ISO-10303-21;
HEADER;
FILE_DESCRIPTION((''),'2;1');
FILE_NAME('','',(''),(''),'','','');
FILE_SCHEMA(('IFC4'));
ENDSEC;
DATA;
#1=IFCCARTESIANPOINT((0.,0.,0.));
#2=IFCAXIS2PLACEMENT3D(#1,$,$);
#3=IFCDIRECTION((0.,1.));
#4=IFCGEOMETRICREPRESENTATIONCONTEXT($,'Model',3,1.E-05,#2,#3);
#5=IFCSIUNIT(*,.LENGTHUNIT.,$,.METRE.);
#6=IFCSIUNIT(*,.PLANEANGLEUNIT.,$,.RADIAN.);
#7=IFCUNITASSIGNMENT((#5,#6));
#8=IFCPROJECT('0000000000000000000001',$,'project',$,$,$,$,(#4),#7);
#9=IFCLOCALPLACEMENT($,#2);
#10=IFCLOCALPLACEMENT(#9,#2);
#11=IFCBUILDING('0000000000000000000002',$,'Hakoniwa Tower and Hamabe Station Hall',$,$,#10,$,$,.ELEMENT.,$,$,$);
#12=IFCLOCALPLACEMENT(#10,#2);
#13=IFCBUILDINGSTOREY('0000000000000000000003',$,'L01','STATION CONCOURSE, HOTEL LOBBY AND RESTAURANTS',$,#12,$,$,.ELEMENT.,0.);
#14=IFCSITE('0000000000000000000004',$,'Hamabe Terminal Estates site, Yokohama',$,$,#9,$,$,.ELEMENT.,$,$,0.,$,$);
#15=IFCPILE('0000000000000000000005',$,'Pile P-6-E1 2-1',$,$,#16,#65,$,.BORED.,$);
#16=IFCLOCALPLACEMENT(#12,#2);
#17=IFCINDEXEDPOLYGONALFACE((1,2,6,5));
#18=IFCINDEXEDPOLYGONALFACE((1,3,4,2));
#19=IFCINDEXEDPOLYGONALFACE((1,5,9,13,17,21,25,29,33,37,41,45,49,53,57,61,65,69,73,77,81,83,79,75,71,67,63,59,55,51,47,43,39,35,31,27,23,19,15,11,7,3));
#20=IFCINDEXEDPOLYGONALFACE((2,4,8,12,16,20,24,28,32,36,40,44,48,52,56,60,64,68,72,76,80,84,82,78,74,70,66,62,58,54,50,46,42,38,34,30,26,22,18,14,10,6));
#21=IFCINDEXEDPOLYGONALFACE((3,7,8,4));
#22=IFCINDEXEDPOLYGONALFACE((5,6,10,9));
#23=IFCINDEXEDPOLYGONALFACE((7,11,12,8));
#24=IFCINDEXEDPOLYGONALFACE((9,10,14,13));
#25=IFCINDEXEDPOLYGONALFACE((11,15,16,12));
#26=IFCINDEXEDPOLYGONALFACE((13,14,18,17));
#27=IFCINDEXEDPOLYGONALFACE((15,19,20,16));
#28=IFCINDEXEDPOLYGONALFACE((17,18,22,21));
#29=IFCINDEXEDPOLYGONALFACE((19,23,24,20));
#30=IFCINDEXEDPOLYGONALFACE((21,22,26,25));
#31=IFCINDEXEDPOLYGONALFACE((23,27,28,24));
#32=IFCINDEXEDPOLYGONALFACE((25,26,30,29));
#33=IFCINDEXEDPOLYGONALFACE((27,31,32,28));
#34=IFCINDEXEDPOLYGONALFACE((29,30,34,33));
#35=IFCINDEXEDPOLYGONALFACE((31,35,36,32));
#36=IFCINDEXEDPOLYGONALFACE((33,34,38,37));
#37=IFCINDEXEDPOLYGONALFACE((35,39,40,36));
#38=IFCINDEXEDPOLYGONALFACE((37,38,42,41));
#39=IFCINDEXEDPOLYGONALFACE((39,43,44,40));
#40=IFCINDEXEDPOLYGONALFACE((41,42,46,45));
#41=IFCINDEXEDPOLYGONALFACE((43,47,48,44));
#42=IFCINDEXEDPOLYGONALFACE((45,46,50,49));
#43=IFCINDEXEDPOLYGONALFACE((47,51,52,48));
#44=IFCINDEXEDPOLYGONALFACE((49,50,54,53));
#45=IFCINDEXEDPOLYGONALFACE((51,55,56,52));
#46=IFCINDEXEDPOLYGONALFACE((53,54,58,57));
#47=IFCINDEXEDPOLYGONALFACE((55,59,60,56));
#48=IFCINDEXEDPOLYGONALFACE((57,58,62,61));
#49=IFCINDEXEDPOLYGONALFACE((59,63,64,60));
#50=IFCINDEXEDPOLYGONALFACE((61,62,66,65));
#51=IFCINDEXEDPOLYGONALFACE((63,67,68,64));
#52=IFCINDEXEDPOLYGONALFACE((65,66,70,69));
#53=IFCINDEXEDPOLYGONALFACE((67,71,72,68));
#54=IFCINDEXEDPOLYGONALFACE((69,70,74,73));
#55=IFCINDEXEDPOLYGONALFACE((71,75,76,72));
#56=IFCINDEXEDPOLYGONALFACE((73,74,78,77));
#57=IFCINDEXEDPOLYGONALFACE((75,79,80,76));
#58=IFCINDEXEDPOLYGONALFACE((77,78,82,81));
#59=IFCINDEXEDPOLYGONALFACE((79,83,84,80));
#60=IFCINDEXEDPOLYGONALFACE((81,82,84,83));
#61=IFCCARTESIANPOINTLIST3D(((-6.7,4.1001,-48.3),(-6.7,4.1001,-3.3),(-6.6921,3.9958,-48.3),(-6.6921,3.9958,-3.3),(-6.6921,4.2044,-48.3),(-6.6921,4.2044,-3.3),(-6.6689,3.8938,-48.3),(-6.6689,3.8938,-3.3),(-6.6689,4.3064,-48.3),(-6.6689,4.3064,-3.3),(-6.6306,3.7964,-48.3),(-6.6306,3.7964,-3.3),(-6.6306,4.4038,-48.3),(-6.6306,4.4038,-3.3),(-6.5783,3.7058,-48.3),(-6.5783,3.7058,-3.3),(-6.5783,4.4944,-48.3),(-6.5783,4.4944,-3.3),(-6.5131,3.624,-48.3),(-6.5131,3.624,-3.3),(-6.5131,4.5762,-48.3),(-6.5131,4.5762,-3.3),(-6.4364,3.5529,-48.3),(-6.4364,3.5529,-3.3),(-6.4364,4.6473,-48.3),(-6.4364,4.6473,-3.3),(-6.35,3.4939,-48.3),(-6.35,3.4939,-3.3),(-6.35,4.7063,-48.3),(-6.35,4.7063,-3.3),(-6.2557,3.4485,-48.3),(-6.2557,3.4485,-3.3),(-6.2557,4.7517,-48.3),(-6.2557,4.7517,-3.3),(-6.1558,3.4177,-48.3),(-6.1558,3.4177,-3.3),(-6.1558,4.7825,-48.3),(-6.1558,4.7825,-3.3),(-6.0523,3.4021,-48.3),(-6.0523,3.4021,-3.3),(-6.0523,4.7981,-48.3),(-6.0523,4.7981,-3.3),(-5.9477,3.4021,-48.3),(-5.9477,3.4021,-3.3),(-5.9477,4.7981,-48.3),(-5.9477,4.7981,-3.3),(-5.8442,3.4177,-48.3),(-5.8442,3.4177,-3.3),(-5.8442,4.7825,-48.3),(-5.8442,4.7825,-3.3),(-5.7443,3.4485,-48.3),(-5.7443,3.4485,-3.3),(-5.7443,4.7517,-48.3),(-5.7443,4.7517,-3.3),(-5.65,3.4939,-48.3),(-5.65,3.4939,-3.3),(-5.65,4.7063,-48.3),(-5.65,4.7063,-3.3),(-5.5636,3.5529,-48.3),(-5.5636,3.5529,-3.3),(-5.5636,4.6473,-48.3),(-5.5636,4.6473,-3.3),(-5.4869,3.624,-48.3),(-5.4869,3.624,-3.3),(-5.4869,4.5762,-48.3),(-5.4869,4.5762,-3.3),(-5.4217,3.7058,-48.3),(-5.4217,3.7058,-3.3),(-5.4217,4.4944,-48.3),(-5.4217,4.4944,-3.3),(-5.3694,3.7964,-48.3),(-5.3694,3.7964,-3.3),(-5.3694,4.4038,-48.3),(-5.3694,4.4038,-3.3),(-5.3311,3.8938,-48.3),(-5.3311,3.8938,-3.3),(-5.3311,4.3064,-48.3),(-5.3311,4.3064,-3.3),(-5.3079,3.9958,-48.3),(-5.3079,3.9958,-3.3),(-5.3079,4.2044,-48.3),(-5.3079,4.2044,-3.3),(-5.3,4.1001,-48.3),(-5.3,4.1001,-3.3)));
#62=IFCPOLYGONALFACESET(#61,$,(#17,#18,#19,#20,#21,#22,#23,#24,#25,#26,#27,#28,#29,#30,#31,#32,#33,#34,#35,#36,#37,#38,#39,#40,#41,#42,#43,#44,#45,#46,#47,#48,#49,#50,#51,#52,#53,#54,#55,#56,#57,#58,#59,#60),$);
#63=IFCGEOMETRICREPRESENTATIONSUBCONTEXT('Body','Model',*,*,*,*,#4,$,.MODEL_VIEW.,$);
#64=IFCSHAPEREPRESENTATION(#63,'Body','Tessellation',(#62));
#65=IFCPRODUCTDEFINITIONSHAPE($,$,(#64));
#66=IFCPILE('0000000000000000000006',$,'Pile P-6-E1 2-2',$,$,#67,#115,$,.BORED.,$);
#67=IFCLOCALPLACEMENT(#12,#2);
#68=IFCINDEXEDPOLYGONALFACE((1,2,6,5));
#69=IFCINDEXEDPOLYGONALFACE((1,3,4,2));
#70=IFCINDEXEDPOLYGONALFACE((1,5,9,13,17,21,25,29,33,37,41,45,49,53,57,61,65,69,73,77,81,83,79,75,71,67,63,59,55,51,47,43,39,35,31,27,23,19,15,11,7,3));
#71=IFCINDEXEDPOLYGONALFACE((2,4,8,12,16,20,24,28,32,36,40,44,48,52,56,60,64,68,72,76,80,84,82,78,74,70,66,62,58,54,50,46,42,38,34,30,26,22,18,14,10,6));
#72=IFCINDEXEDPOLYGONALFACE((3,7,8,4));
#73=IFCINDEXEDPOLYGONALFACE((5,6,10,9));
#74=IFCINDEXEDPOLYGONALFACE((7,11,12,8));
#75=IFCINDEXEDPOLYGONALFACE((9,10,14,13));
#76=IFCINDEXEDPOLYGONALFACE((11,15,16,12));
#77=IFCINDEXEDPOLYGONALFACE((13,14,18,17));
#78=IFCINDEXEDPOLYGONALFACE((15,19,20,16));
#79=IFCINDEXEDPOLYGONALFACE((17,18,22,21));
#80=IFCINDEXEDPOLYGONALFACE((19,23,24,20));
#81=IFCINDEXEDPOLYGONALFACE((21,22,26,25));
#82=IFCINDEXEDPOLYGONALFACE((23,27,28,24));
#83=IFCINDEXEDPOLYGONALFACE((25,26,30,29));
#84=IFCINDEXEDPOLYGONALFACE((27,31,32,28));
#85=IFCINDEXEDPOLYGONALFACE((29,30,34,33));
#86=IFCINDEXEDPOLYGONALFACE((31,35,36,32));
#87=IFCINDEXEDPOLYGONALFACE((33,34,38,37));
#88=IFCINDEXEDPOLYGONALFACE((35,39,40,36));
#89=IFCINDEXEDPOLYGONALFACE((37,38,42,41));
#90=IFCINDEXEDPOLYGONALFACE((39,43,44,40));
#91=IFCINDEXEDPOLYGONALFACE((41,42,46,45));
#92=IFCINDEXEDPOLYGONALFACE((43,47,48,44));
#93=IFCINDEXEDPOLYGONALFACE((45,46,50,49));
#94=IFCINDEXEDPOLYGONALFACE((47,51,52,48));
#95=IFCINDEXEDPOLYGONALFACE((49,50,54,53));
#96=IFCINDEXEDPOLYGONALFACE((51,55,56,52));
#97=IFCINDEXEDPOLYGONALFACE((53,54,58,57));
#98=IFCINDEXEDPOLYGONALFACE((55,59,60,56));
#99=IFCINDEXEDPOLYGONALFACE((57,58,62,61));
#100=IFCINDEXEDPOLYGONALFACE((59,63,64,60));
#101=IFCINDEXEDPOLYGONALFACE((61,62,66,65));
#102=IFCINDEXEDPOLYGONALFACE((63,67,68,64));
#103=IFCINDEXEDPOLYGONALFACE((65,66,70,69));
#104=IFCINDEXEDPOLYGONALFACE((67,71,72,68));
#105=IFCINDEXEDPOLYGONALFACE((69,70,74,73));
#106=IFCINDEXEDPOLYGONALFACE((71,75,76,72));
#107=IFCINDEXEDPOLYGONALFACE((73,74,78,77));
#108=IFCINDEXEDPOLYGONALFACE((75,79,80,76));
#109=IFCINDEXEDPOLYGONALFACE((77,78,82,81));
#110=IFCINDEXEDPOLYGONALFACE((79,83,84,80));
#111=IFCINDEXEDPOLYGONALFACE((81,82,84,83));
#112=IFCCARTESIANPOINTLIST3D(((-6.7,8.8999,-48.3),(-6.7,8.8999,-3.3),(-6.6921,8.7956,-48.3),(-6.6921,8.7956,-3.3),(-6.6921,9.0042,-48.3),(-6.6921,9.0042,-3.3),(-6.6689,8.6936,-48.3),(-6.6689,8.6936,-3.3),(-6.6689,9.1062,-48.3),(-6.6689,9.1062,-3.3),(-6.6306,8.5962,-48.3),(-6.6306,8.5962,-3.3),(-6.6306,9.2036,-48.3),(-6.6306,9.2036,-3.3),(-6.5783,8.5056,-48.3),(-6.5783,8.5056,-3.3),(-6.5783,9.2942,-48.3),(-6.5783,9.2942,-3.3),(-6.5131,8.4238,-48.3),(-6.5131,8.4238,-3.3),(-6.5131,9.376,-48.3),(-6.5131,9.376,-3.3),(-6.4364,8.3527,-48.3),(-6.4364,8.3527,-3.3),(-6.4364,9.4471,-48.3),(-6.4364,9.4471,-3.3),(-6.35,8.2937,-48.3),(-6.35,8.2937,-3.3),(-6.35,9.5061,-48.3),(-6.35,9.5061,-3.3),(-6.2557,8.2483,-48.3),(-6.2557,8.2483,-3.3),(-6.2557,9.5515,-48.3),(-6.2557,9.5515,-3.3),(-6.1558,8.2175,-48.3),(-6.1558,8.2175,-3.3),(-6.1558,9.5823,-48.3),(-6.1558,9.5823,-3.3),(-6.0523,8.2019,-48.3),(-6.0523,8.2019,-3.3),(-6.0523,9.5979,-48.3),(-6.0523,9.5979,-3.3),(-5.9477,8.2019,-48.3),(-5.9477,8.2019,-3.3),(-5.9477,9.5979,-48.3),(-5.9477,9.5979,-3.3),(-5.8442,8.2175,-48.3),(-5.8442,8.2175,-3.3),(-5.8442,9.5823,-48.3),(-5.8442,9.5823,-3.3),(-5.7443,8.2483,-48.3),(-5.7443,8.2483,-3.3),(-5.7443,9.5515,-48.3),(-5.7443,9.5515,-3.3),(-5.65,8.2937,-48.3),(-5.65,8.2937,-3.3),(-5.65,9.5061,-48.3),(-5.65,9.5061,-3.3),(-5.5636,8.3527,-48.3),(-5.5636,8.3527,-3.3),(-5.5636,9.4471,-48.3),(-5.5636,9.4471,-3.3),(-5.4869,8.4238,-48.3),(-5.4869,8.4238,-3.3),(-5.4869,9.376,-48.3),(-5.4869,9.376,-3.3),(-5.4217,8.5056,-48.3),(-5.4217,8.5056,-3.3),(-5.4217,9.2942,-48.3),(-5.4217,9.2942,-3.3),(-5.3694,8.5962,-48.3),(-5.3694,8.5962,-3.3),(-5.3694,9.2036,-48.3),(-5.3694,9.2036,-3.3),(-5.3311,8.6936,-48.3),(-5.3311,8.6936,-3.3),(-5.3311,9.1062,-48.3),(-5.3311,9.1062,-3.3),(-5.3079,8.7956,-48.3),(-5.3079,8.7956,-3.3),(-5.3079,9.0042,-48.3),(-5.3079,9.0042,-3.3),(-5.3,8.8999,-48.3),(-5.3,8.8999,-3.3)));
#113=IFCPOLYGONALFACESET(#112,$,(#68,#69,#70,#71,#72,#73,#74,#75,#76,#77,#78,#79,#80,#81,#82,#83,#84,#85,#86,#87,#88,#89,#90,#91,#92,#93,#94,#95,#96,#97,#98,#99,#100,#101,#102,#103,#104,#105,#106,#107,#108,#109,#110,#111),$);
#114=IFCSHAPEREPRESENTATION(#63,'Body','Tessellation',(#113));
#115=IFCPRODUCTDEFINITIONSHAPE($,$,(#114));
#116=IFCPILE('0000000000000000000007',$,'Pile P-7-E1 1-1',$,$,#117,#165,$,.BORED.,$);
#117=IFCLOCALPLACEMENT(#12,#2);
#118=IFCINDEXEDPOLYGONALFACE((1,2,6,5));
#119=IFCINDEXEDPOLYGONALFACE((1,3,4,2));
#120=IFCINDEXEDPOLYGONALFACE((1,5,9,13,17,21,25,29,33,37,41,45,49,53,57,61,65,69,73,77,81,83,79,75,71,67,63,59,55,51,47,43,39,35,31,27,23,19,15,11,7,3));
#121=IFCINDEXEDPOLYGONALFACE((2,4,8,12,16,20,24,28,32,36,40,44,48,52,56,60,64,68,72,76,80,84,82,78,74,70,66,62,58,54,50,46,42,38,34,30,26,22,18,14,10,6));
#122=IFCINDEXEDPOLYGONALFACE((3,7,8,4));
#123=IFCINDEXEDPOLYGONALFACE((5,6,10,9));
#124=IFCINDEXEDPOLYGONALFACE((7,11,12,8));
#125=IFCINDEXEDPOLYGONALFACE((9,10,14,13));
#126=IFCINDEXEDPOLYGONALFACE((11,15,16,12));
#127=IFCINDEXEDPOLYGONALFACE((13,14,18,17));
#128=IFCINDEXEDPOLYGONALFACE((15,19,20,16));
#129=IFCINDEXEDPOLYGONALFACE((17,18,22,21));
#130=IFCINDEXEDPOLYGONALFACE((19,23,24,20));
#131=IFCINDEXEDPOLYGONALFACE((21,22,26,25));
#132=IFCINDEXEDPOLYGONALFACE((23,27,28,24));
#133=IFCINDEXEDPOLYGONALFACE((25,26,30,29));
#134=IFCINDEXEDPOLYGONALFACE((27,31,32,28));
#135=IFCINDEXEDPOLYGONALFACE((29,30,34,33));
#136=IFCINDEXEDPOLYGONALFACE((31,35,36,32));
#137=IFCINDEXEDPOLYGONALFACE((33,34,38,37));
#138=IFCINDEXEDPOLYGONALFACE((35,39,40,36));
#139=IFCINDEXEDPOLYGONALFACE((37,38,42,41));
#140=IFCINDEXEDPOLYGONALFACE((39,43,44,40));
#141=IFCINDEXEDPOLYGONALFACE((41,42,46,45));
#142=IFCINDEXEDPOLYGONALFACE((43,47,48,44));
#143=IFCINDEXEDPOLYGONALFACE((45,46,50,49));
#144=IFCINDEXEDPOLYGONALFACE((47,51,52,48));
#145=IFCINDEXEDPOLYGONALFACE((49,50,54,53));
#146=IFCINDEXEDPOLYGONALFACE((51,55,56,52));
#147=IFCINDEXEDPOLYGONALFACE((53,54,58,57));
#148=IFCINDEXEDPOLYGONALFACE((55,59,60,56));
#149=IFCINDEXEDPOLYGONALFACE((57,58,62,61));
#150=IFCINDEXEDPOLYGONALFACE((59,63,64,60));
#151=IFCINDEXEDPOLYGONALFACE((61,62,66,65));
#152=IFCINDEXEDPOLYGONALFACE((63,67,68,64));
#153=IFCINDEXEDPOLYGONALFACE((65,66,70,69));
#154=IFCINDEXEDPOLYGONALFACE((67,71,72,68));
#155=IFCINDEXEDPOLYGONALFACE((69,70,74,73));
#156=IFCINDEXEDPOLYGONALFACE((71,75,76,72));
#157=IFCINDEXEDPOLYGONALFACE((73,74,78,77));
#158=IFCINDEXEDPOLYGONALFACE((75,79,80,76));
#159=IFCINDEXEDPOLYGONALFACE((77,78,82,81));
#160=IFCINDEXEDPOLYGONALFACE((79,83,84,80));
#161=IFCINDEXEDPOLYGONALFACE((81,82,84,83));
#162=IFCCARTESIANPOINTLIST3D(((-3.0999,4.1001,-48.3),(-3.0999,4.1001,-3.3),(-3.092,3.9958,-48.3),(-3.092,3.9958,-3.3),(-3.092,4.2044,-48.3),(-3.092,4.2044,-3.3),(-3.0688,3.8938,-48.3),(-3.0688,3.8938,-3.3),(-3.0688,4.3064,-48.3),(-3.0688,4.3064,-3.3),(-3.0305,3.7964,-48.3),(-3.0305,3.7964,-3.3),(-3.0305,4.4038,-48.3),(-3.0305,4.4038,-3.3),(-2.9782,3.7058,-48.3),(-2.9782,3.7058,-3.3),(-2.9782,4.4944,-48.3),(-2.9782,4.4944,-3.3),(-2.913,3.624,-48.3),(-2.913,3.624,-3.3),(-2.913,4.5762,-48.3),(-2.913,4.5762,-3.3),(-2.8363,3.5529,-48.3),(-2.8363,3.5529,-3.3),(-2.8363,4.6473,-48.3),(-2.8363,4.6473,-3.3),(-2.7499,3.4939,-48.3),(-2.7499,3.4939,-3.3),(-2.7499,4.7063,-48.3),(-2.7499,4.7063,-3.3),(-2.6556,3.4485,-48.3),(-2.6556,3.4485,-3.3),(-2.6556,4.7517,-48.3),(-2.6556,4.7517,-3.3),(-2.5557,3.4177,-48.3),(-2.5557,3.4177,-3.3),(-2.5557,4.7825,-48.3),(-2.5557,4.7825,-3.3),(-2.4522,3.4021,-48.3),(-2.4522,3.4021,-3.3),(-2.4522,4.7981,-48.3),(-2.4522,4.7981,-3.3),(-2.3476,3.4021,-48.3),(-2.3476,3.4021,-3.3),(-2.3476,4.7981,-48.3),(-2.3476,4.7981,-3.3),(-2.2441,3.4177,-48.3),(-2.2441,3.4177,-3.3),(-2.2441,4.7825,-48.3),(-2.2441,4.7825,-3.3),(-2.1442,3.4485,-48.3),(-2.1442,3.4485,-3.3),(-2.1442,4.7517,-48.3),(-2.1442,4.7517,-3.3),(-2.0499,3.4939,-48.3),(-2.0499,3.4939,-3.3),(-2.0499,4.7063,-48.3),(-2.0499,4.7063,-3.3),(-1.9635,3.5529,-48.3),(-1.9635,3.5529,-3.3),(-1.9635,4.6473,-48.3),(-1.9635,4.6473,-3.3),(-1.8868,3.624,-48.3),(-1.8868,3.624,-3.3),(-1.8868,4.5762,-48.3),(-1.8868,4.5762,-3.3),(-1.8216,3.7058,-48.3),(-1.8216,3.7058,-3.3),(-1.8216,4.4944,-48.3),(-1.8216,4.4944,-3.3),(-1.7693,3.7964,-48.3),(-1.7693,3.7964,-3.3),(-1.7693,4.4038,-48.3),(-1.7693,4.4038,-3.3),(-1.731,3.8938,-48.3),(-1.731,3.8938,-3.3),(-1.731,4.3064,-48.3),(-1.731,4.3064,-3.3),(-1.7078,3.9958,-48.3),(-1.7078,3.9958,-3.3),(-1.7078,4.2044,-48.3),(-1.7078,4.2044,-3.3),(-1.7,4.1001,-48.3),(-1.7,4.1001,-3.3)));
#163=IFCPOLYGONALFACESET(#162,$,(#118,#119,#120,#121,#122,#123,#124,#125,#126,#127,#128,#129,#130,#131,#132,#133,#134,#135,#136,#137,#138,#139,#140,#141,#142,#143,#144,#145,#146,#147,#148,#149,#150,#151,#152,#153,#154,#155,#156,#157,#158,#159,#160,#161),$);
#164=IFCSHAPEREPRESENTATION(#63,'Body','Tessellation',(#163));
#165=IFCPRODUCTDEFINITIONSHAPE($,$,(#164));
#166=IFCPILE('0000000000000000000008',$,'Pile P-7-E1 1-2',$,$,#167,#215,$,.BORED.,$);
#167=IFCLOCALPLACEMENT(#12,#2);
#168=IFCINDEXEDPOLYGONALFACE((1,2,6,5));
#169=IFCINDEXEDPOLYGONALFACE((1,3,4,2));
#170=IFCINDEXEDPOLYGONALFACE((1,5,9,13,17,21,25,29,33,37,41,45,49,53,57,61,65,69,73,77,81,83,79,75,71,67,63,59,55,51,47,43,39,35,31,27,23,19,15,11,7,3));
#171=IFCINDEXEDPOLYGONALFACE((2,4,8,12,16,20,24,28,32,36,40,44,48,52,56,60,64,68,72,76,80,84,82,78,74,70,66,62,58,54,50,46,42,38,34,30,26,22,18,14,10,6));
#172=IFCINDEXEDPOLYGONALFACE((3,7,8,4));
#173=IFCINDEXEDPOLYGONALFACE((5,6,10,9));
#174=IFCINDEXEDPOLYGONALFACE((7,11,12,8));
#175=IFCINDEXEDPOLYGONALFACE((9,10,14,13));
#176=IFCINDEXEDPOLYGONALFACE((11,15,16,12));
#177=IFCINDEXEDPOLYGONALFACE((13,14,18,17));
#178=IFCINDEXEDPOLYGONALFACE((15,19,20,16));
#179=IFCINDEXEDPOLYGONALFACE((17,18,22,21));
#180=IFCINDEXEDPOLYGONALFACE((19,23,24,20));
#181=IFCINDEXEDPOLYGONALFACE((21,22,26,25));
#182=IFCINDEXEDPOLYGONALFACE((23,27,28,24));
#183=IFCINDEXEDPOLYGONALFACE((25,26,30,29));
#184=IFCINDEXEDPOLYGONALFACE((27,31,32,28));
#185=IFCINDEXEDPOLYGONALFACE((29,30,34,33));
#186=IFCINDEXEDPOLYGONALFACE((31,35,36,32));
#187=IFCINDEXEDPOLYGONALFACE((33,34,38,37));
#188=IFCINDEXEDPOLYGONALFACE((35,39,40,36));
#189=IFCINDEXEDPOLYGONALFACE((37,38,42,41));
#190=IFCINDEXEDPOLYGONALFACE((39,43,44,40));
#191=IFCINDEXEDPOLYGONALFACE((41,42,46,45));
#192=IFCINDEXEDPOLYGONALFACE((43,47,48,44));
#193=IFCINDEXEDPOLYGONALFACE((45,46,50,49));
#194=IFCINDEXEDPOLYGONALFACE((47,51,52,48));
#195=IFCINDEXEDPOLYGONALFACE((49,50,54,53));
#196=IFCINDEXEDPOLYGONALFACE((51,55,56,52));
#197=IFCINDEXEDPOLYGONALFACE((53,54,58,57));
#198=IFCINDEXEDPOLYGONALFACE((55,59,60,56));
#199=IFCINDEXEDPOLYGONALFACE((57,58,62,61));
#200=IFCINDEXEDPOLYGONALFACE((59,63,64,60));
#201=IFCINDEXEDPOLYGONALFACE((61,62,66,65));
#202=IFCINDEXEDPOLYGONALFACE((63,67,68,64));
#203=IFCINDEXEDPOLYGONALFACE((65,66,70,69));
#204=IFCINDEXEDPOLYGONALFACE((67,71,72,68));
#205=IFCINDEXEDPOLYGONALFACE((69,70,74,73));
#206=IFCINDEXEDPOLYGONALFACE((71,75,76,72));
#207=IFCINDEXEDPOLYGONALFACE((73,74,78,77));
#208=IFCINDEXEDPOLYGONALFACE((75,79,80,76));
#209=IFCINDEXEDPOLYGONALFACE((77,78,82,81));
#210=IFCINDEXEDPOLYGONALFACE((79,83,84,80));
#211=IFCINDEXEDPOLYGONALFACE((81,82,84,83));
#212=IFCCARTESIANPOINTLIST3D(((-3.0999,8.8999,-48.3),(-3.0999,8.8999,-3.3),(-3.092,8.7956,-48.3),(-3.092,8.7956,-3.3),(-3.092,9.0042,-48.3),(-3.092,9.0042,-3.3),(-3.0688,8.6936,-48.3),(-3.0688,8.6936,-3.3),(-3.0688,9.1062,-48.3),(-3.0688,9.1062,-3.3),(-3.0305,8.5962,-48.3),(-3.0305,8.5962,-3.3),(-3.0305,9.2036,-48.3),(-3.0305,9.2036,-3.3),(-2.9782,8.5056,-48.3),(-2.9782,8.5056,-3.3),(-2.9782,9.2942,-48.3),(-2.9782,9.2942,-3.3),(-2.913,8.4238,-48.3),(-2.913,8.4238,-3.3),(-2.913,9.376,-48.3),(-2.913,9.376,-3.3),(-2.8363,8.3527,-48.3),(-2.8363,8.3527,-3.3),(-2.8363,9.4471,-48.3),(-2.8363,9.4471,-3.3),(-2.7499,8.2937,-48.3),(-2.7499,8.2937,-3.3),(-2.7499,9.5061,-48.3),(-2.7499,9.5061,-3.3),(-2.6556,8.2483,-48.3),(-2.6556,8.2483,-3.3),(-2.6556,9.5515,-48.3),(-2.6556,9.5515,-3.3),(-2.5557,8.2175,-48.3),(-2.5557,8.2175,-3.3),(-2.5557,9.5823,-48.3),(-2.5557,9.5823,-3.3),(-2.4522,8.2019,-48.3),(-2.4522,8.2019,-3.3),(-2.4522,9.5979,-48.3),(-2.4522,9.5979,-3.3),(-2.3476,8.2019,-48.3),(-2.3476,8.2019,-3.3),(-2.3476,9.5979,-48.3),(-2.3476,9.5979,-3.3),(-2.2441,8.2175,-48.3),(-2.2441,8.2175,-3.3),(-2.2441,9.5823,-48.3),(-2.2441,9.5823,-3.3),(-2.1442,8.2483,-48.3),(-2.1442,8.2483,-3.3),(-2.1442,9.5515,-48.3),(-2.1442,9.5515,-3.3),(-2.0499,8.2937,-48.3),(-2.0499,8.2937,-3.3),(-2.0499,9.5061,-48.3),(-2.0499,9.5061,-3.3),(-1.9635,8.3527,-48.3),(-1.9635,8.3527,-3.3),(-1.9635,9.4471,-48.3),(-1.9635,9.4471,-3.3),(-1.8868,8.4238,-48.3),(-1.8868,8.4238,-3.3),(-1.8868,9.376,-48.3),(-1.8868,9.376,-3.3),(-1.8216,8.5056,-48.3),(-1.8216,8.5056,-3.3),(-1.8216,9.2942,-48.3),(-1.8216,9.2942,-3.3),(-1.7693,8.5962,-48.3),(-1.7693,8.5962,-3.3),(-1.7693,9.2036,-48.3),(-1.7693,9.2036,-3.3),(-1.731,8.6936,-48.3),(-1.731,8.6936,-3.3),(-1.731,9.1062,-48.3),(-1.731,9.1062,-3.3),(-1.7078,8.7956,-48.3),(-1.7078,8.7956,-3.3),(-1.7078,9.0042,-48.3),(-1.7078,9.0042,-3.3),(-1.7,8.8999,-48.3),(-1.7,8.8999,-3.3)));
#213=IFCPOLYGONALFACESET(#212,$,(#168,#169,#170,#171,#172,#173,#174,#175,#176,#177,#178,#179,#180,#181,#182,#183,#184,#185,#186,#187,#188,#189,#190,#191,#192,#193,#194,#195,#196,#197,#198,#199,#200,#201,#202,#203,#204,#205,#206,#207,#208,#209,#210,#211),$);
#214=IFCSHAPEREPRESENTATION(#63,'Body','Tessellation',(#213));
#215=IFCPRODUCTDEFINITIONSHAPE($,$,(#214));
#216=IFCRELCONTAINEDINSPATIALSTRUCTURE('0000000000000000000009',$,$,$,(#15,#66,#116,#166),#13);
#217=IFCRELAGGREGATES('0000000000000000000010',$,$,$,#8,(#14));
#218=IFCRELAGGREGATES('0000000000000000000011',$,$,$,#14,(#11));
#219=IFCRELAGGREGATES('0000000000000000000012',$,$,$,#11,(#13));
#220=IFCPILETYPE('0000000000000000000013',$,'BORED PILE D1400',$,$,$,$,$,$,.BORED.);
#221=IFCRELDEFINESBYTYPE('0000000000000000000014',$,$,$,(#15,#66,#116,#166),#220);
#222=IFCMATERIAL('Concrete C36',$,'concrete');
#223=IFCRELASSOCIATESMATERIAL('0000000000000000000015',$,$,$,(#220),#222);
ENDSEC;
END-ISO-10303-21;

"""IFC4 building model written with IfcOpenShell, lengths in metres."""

from ifc_helpers import new_model, si_unit, direction, frame, origin, origin_2d, place, context, subcontext, project, spatial, circle, extrude, material, material_profile, profile_set, type_object, element, save


model = new_model("IFC4")

# Units and contexts
model_context = context("Model", 3, precision=1e-05, world=origin(), true_north=direction((0.0, 1.0)))
body_context = subcontext(model_context, "Body", "Model", "MODEL_VIEW")
ifc_project = project(units=[si_unit("LENGTHUNIT", "METRE"), si_unit("PLANEANGLEUNIT", "RADIAN")], contexts=[model_context])

# Site, building, storey
site_placement = place(None, origin())
site = spatial("IfcSite", under=ifc_project, at=site_placement, Name="Hamabe Terminal Estates site, Yokohama", CompositionType="ELEMENT", RefElevation=0.0)
building_placement = place(site_placement, origin())
building = spatial("IfcBuilding", under=site, at=building_placement, Name="Hakoniwa Tower and Hamabe Station Hall", CompositionType="ELEMENT")
storey_placement = place(building_placement, origin())
storey = spatial("IfcBuildingStorey", under=building, at=storey_placement, Name="L01", Description="STATION CONCOURSE, HOTEL LOBBY AND RESTAURANTS", CompositionType="ELEMENT", Elevation=0.0)

# Piles
ifc_material_1 = material(Name="Concrete C36", Category="concrete")
ifc_material_profile_1 = material_profile(ifc_material_1, circle(Radius=0.7, at=origin_2d()), Name="BORED PILE D1400")
ifc_profile_set_1 = profile_set([ifc_material_profile_1], Name="Concrete C36")
pile_type = type_object("IfcPileType", Name="BORED PILE D1400", PredefinedType="BORED", material=ifc_profile_set_1)
for number, where, z_axis, x_axis, name in (
    (1, (-6.0, 4.1001, -3.3), (0.0, 0.0, -1.0), (1.0, 0.0, 0.0), "Pile P-6-E1 2-1"),
    (2, (-6.0, 8.8999, -3.3), (0.0, 0.0, -1.0), (1.0, 0.0, 0.0), "Pile P-6-E1 2-2"),
    (3, (-2.3999, 4.1001, -3.3), (0.0, 0.0, -1.0), (1.0, 0.0, 0.0), "Pile P-7-E1 1-1"),
    (4, (-2.3999, 8.8999, -3.3), (0.0, 0.0, -1.0), (1.0, 0.0, 0.0), "Pile P-7-E1 1-2"),
):
    element("IfcPile", number, at=place(storey_placement, frame(where, z_axis=z_axis, x_axis=x_axis)), inside=storey, type_object=pile_type, Name=name, PredefinedType="BORED", context=body_context, shape_type="SweptSolid", body=[
        extrude(circle(Radius=0.7, at=origin_2d()), origin(), (0.0, 0.0, 1.0), 45.0),
    ])

save(model, "model.ifc")
